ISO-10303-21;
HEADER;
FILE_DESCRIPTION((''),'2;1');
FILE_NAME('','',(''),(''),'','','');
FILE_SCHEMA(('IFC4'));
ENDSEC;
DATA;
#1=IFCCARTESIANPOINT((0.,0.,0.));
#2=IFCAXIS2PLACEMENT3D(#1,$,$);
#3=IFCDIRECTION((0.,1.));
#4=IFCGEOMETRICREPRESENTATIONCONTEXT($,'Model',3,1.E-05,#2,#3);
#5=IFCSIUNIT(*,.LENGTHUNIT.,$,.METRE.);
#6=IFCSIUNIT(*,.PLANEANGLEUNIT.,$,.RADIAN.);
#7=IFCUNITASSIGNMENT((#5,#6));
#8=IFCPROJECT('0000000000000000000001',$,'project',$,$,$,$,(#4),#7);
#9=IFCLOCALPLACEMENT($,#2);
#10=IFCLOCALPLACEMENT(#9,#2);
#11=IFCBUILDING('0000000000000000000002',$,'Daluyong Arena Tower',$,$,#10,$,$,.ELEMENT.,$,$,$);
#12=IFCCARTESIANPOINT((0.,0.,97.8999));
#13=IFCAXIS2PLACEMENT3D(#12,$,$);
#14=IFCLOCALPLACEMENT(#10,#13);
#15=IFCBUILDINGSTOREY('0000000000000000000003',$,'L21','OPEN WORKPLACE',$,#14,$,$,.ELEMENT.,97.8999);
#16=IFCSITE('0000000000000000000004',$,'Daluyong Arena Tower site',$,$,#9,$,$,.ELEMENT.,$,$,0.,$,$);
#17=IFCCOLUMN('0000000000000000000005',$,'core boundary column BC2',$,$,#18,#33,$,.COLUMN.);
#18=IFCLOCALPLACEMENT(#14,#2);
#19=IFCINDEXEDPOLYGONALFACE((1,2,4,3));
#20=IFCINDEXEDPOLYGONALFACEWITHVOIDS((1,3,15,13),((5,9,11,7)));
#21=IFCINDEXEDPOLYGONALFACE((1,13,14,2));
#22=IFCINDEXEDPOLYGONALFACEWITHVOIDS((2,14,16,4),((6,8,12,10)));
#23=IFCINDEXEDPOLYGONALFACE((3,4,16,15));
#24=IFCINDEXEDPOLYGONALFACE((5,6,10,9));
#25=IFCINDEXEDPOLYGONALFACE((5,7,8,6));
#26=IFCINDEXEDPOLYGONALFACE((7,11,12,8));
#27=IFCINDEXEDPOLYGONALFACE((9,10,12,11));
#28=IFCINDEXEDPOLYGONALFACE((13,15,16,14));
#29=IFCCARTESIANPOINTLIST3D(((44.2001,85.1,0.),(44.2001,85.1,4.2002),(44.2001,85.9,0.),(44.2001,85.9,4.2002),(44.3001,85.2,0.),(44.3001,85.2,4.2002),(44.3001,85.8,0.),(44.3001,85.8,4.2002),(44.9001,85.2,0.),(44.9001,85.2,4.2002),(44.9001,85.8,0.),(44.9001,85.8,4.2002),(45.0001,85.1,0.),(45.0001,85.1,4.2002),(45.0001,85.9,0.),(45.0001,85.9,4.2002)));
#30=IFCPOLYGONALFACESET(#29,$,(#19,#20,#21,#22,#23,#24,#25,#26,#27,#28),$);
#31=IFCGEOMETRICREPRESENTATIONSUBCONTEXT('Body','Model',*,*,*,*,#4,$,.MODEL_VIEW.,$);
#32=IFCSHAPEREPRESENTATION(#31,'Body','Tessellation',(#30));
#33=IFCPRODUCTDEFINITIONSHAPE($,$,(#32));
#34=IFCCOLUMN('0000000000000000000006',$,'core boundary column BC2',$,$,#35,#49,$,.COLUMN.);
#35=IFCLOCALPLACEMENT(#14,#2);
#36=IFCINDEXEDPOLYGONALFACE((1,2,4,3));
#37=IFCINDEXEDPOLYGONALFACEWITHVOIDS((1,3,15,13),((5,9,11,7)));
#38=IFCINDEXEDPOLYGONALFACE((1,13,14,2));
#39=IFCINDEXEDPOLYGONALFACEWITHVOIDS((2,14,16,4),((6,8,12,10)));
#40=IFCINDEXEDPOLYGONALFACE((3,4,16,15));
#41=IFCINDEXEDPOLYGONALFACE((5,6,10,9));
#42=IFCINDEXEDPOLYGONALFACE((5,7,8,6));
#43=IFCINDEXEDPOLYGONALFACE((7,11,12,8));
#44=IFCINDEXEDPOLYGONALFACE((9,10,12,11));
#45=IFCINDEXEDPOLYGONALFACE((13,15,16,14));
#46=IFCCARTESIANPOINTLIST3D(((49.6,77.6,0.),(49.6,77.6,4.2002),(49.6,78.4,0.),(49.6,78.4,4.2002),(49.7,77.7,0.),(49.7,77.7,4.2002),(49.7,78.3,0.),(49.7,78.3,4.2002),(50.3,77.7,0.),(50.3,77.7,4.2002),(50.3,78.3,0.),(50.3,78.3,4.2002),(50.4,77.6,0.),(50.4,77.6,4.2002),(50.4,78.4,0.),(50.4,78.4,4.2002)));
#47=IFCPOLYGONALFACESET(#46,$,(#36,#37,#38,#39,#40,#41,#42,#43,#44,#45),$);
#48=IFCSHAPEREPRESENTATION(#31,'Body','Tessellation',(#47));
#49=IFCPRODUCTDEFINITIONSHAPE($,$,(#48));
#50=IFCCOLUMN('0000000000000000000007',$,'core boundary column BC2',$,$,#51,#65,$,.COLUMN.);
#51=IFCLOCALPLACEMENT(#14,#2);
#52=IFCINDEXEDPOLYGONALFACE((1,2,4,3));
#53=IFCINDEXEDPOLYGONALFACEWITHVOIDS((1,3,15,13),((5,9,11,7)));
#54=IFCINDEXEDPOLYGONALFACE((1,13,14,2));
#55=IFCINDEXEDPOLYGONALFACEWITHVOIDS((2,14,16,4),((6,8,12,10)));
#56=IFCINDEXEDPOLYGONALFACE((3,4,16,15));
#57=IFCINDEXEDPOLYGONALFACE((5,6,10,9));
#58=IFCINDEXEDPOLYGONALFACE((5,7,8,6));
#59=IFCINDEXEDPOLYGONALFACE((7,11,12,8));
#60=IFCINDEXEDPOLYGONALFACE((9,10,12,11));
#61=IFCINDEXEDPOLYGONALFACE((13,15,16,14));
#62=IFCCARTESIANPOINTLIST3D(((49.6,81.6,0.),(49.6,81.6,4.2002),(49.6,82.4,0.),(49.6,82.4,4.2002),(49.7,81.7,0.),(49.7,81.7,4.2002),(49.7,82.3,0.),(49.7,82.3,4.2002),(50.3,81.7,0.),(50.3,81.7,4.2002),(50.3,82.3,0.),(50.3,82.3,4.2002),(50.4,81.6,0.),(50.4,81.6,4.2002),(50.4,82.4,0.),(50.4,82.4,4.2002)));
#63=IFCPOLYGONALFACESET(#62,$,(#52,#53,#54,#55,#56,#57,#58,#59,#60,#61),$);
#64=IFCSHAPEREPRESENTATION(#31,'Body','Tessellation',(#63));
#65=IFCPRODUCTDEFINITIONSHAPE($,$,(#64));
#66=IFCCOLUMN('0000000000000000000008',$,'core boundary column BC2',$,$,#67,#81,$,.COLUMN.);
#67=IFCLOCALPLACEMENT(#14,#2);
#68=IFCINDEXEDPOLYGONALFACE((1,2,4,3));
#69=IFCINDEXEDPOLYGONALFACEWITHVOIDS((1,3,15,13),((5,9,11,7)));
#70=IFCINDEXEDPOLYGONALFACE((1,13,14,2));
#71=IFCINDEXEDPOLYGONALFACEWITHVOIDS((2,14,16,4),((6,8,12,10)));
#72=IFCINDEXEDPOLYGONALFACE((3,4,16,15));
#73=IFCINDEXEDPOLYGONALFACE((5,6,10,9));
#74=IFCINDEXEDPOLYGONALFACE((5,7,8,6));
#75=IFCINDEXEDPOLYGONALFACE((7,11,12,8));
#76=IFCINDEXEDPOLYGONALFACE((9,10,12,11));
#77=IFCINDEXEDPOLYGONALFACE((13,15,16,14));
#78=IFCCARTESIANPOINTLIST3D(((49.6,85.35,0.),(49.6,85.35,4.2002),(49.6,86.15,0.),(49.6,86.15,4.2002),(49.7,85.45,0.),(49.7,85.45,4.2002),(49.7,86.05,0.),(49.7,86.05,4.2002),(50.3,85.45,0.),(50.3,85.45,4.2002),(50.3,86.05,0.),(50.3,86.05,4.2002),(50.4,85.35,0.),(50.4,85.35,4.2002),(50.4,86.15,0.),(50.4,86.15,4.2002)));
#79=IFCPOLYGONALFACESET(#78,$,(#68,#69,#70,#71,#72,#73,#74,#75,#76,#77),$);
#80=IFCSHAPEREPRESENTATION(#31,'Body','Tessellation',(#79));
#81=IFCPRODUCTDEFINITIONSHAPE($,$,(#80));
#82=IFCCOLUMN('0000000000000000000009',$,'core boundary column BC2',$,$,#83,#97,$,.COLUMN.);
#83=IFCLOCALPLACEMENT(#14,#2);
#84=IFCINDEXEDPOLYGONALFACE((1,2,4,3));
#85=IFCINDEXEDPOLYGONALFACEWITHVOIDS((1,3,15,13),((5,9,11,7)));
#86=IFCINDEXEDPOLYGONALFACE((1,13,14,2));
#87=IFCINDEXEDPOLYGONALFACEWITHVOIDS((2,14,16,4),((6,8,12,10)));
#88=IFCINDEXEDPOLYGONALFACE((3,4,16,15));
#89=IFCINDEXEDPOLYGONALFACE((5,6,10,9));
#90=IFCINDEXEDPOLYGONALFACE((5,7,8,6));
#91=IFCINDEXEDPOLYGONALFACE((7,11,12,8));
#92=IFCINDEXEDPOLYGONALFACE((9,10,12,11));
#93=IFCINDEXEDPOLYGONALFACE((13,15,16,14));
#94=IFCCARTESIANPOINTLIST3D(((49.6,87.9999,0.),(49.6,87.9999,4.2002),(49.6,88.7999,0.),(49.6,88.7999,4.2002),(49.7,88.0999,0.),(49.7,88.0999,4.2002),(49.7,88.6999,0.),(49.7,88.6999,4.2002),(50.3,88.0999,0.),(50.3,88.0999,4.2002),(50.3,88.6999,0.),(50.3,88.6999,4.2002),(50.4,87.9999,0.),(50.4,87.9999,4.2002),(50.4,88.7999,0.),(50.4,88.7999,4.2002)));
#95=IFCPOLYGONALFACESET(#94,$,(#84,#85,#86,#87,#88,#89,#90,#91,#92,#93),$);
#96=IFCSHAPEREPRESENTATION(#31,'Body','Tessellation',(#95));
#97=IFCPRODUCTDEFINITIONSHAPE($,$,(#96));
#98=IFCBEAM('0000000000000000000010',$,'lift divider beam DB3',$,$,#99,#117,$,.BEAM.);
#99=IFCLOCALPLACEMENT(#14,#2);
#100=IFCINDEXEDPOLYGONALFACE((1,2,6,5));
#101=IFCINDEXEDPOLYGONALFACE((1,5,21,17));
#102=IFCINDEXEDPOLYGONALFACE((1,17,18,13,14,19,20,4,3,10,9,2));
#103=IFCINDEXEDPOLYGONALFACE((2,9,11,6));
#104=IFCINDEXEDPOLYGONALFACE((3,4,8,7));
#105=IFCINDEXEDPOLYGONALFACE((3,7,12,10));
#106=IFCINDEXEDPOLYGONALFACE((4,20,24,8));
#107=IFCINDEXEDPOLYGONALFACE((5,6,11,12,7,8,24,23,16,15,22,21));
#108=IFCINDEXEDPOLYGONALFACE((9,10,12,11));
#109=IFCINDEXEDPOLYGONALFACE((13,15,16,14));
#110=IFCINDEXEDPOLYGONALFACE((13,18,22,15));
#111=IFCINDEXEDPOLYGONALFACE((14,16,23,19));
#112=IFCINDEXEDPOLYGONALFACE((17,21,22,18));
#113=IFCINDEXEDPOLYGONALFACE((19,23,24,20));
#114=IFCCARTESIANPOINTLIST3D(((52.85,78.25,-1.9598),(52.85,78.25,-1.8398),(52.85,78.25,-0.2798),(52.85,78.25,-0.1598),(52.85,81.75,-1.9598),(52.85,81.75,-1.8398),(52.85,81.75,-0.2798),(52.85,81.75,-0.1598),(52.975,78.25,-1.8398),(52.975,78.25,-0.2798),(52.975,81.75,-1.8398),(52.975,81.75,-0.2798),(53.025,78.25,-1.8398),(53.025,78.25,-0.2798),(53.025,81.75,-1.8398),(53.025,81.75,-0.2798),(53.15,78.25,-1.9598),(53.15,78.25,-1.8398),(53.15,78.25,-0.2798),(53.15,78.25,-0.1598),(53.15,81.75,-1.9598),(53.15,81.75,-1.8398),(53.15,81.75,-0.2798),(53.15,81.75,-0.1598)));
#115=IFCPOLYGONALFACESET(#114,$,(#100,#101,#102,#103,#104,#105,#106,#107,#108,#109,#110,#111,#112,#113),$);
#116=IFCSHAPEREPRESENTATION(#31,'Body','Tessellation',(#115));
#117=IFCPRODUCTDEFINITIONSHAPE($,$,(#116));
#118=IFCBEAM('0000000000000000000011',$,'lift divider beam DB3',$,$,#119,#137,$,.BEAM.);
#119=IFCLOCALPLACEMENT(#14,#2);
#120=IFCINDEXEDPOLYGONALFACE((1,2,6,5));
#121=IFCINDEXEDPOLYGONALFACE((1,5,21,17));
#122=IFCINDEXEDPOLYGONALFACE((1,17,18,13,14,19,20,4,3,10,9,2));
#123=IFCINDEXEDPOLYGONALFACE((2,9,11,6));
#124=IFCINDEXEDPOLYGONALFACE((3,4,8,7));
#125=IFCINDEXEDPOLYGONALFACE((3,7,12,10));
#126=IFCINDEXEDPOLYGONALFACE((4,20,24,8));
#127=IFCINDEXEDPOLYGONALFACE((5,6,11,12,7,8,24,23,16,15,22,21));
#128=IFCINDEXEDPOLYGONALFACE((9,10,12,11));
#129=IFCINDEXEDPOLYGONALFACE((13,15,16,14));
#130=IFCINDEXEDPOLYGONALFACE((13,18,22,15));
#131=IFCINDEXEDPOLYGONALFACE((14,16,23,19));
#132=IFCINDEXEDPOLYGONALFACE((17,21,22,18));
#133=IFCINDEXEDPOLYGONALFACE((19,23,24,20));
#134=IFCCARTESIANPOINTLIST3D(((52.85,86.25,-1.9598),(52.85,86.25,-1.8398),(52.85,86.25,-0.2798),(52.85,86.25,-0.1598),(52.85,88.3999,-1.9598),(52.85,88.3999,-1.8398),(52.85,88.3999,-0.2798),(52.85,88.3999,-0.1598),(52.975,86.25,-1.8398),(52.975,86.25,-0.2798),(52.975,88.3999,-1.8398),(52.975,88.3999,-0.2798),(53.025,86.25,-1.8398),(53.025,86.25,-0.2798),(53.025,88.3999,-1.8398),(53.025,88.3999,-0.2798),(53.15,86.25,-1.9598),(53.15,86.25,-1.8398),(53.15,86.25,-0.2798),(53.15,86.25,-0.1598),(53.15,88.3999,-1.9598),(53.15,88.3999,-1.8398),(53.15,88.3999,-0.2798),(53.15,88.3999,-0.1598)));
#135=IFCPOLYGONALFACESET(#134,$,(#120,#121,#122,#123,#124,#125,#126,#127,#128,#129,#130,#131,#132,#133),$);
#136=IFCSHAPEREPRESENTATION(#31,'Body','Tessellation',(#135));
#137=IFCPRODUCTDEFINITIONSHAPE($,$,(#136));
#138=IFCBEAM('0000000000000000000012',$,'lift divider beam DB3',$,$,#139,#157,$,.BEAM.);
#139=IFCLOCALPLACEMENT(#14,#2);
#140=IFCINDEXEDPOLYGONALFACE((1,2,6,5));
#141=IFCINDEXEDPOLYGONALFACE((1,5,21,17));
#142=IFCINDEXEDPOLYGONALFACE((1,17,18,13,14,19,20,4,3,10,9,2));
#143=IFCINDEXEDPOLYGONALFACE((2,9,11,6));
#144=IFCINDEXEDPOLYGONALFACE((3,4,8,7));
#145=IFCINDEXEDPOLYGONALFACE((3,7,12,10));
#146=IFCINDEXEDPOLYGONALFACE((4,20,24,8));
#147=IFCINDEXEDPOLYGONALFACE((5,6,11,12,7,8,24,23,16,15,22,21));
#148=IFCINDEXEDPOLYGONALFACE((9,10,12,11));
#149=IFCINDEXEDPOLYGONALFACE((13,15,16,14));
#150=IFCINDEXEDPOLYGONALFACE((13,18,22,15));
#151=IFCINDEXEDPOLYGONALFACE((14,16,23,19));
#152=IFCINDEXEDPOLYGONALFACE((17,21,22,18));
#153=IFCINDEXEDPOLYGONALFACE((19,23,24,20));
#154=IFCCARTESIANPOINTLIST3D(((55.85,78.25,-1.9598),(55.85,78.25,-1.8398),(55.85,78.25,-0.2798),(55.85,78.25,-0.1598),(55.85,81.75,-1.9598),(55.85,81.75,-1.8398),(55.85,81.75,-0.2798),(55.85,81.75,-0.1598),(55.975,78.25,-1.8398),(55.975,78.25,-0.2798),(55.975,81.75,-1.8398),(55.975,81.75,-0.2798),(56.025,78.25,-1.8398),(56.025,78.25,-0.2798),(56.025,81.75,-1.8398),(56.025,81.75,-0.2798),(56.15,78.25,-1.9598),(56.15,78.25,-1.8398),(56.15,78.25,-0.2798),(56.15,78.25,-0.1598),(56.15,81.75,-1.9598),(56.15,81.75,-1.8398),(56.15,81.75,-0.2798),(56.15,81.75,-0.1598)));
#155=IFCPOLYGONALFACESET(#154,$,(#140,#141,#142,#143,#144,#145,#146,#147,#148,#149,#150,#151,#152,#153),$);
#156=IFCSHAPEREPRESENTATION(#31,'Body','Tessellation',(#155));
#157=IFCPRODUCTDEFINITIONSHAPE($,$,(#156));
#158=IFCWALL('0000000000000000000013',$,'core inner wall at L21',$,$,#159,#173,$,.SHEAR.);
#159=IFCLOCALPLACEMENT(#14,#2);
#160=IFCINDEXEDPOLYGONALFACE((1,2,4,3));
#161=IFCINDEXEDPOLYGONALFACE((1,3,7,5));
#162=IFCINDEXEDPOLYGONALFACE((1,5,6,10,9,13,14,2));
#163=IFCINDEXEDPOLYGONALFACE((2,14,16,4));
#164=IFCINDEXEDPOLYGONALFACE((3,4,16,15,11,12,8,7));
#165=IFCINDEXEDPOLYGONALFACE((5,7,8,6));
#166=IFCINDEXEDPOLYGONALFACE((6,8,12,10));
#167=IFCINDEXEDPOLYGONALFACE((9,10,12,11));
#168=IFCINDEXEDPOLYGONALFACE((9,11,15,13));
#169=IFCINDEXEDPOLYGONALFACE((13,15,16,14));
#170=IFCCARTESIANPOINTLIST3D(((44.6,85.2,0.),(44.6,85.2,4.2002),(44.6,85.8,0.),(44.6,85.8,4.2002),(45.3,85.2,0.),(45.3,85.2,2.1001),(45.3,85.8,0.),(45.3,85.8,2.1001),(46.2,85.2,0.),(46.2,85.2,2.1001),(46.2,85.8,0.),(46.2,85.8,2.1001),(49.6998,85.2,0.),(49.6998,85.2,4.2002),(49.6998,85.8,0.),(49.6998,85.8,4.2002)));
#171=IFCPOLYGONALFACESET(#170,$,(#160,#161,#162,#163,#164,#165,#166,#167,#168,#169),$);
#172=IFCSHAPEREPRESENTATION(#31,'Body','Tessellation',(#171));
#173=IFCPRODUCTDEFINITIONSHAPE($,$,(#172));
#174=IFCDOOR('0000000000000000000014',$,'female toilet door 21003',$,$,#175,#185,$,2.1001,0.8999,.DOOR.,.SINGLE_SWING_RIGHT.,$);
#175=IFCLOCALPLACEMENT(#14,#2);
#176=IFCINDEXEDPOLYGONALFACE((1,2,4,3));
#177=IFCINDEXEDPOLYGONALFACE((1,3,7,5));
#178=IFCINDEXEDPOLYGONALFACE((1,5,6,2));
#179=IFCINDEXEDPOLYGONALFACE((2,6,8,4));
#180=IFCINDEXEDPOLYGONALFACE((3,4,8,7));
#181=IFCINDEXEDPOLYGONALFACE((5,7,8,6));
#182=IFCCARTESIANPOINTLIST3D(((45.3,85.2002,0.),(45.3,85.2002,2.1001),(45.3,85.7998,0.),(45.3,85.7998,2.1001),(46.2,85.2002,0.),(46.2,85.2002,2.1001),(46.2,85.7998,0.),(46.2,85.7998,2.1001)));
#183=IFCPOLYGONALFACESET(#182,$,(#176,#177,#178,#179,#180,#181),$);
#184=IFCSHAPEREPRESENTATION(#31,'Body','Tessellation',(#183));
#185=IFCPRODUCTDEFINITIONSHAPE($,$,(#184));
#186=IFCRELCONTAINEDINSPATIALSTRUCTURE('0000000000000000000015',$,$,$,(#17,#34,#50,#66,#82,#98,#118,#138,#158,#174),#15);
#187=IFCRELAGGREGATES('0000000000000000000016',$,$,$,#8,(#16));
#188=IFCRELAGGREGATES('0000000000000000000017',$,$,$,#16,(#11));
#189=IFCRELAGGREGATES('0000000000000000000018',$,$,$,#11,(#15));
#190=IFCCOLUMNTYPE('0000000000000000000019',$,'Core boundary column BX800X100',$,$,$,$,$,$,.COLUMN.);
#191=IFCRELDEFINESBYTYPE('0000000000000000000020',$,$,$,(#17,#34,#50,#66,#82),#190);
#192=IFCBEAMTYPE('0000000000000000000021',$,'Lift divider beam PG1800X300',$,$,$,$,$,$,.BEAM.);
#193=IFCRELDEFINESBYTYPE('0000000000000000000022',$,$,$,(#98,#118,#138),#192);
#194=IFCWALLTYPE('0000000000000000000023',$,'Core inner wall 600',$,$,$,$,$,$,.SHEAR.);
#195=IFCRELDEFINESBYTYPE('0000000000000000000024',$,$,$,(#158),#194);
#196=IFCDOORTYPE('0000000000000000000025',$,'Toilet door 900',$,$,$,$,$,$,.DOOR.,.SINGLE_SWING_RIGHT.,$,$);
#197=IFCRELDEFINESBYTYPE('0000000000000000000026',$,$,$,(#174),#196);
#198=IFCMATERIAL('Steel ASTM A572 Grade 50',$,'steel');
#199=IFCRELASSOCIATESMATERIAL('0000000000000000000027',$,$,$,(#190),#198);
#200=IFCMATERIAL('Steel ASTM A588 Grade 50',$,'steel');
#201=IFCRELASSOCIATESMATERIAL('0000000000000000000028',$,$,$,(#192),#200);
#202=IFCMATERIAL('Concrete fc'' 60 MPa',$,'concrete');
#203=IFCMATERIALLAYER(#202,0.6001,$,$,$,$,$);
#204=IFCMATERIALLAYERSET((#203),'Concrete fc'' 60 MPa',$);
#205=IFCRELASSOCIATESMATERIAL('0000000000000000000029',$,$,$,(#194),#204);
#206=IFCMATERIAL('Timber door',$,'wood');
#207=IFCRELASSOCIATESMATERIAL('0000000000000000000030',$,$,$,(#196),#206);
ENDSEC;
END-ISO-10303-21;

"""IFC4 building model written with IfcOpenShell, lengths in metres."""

from ifc_helpers import new_model, si_unit, direction, frame, frame_2d, origin, origin_2d, place, context, subcontext, project, spatial, rectangle, hollow_rectangle, i_section, extrude, material, layer, layer_set, material_profile, profile_set, type_object, element, fill, save


model = new_model("IFC4")

# Units and contexts
model_context = context("Model", 3, precision=1e-05, world=origin(), true_north=direction((0.0, 1.0)))
body_context = subcontext(model_context, "Body", "Model", "MODEL_VIEW")
ifc_project = project(units=[si_unit("LENGTHUNIT", "METRE"), si_unit("PLANEANGLEUNIT", "RADIAN")], contexts=[model_context])

# Site, building, storey
site_placement = place(None, origin())
site = spatial("IfcSite", under=ifc_project, at=site_placement, Name="Daluyong Arena Tower site", CompositionType="ELEMENT", RefElevation=0.0)
building_placement = place(site_placement, origin())
building = spatial("IfcBuilding", under=site, at=building_placement, Name="Daluyong Arena Tower", CompositionType="ELEMENT")
storey_placement = place(building_placement, frame((0.0, 0.0, 97.8999)))
storey = spatial("IfcBuildingStorey", under=building, at=storey_placement, Name="L21", Description="OPEN WORKPLACE", CompositionType="ELEMENT", Elevation=97.8999)

# Columns
ifc_material_1 = material(Name="Steel ASTM A572 Grade 50", Category="steel")
ifc_material_profile_1 = material_profile(ifc_material_1, hollow_rectangle(XDim=0.8, YDim=0.8, WallThickness=0.1, at=origin_2d()))
ifc_profile_set_1 = profile_set([ifc_material_profile_1], Name="Steel ASTM A572 Grade 50")
column_type = type_object("IfcColumnType", Name="Core boundary column BX800X100", PredefinedType="COLUMN", material=ifc_profile_set_1)
for number, where, z_axis, x_axis, name in (
    (1, (44.6001, 85.5, 0.0), (0.0, 0.0, 1.0), (1.0, 0.0, 0.0), "core boundary column BC2"),
    (2, (50.0, 78.0, 0.0), (0.0, 0.0, 1.0), (1.0, 0.0, 0.0), "core boundary column BC2"),
    (3, (50.0, 82.0, 0.0), (0.0, 0.0, 1.0), (1.0, 0.0, 0.0), "core boundary column BC2"),
    (4, (50.0, 85.75, 0.0), (0.0, 0.0, 1.0), (1.0, 0.0, 0.0), "core boundary column BC2"),
    (5, (50.0, 88.3999, 0.0), (0.0, 0.0, 1.0), (1.0, 0.0, 0.0), "core boundary column BC2"),
):
    element("IfcColumn", number, at=place(storey_placement, frame(where, z_axis=z_axis, x_axis=x_axis)), inside=storey, type_object=column_type, Name=name, PredefinedType="COLUMN", context=body_context, shape_type="SweptSolid", body=[
        extrude(hollow_rectangle(XDim=0.8, YDim=0.8, WallThickness=0.1, at=origin_2d()), origin(), (0.0, 0.0, 1.0), 4.2002),
    ])

# Beams
ifc_material_2 = material(Name="Steel ASTM A588 Grade 50", Category="steel")
ifc_material_profile_2 = material_profile(ifc_material_2, i_section(OverallWidth=0.3, OverallDepth=1.8, WebThickness=0.05, FlangeThickness=0.12, at=origin_2d()))
ifc_profile_set_2 = profile_set([ifc_material_profile_2], Name="Steel ASTM A588 Grade 50")
beam_type = type_object("IfcBeamType", Name="Lift divider beam PG1800X300", PredefinedType="BEAM", material=ifc_profile_set_2)
beam_1_placement = place(storey_placement, frame((53.0, 78.25, -1.0598), z_axis=(0.0, 1.0, 0.0), x_axis=(-1.0, 0.0, 0.0)))
element("IfcBeam", 6, at=beam_1_placement, inside=storey, type_object=beam_type, Name="lift divider beam DB3", PredefinedType="BEAM", context=body_context, shape_type="SweptSolid", body=[
    extrude(i_section(OverallWidth=0.3, OverallDepth=1.8, WebThickness=0.05, FlangeThickness=0.12, at=origin_2d()), origin(), (0.0, 0.0, 1.0), 3.5),
])
beam_2_placement = place(storey_placement, frame((53.0, 86.25, -1.0598), z_axis=(0.0, 1.0, 0.0), x_axis=(-1.0, 0.0, 0.0)))
element("IfcBeam", 7, at=beam_2_placement, inside=storey, type_object=beam_type, Name="lift divider beam DB3", PredefinedType="BEAM", context=body_context, shape_type="SweptSolid", body=[
    extrude(i_section(OverallWidth=0.3, OverallDepth=1.8, WebThickness=0.05, FlangeThickness=0.12, at=origin_2d()), origin(), (0.0, 0.0, 1.0), 2.1499),
])
beam_3_placement = place(storey_placement, frame((56.0, 78.25, -1.0598), z_axis=(0.0, 1.0, 0.0), x_axis=(-1.0, 0.0, 0.0)))
element("IfcBeam", 8, at=beam_3_placement, inside=storey, type_object=beam_type, Name="lift divider beam DB3", PredefinedType="BEAM", context=body_context, shape_type="SweptSolid", body=[
    extrude(i_section(OverallWidth=0.3, OverallDepth=1.8, WebThickness=0.05, FlangeThickness=0.12, at=origin_2d()), origin(), (0.0, 0.0, 1.0), 3.5),
])

# Wall, opening, door
ifc_material_3 = material(Name="Concrete fc' 60 MPa", Category="concrete")
ifc_layer_1 = layer(ifc_material_3, 0.6001)
ifc_layer_set_1 = layer_set([ifc_layer_1], Name="Concrete fc' 60 MPa")
wall_type_1 = type_object("IfcWallType", Name="Core inner wall 600", PredefinedType="SHEAR", material=ifc_layer_set_1)
wall_1_placement = place(storey_placement, frame((44.6001, 85.5, 0.0), z_axis=(0.0, 0.0, 1.0), x_axis=(1.0, 0.0, 0.0)))
wall_1 = element("IfcWall", 9, at=wall_1_placement, inside=storey, type_object=wall_type_1, Name="core inner wall at L21", PredefinedType="SHEAR", context=body_context, shape_type="SweptSolid", body=[
    extrude(rectangle(XDim=5.0999, YDim=0.6001, at=frame_2d((2.5498, 0.0))), origin(), (0.0, 0.0, 1.0), 4.2002),
])
opening_1_placement = place(wall_1_placement, frame((0.7, 0.0, 0.0)))
opening_1 = element("IfcOpeningElement", 10, at=opening_1_placement, cuts=wall_1, PredefinedType="OPENING", context=body_context, shape_type="SweptSolid", body=[
    extrude(rectangle(XDim=0.8999, YDim=2.1001, at=frame_2d((0.45, 1.05))), frame((0.0, 0.3101, 0.0), z_axis=(0.0, -1.0, 0.0), x_axis=(1.0, 0.0, 0.0)), (0.0, 0.0, 1.0), 0.6201),
])
ifc_material_4 = material(Name="Timber door", Category="wood")
door_type_1 = type_object("IfcDoorType", Name="Toilet door 900", OperationType="SINGLE_SWING_RIGHT", PredefinedType="DOOR", material=ifc_material_4)
door_1_placement = place(opening_1_placement, origin())
door_1 = element("IfcDoor", 11, at=door_1_placement, inside=storey, type_object=door_type_1, Name="female toilet door 21003", OperationType="SINGLE_SWING_RIGHT", OverallHeight=2.1001, OverallWidth=0.8999, PredefinedType="DOOR", context=body_context, shape_type="SweptSolid", body=[
    extrude(rectangle(XDim=0.8999, YDim=2.1001, at=frame_2d((0.45, 1.05))), frame((0.0, 0.2998, 0.0), z_axis=(0.0, -1.0, 0.0), x_axis=(1.0, 0.0, 0.0)), (0.0, 0.0, 1.0), 0.5996),
])
fill(opening_1, door_1)

save(model, "model.ifc")
